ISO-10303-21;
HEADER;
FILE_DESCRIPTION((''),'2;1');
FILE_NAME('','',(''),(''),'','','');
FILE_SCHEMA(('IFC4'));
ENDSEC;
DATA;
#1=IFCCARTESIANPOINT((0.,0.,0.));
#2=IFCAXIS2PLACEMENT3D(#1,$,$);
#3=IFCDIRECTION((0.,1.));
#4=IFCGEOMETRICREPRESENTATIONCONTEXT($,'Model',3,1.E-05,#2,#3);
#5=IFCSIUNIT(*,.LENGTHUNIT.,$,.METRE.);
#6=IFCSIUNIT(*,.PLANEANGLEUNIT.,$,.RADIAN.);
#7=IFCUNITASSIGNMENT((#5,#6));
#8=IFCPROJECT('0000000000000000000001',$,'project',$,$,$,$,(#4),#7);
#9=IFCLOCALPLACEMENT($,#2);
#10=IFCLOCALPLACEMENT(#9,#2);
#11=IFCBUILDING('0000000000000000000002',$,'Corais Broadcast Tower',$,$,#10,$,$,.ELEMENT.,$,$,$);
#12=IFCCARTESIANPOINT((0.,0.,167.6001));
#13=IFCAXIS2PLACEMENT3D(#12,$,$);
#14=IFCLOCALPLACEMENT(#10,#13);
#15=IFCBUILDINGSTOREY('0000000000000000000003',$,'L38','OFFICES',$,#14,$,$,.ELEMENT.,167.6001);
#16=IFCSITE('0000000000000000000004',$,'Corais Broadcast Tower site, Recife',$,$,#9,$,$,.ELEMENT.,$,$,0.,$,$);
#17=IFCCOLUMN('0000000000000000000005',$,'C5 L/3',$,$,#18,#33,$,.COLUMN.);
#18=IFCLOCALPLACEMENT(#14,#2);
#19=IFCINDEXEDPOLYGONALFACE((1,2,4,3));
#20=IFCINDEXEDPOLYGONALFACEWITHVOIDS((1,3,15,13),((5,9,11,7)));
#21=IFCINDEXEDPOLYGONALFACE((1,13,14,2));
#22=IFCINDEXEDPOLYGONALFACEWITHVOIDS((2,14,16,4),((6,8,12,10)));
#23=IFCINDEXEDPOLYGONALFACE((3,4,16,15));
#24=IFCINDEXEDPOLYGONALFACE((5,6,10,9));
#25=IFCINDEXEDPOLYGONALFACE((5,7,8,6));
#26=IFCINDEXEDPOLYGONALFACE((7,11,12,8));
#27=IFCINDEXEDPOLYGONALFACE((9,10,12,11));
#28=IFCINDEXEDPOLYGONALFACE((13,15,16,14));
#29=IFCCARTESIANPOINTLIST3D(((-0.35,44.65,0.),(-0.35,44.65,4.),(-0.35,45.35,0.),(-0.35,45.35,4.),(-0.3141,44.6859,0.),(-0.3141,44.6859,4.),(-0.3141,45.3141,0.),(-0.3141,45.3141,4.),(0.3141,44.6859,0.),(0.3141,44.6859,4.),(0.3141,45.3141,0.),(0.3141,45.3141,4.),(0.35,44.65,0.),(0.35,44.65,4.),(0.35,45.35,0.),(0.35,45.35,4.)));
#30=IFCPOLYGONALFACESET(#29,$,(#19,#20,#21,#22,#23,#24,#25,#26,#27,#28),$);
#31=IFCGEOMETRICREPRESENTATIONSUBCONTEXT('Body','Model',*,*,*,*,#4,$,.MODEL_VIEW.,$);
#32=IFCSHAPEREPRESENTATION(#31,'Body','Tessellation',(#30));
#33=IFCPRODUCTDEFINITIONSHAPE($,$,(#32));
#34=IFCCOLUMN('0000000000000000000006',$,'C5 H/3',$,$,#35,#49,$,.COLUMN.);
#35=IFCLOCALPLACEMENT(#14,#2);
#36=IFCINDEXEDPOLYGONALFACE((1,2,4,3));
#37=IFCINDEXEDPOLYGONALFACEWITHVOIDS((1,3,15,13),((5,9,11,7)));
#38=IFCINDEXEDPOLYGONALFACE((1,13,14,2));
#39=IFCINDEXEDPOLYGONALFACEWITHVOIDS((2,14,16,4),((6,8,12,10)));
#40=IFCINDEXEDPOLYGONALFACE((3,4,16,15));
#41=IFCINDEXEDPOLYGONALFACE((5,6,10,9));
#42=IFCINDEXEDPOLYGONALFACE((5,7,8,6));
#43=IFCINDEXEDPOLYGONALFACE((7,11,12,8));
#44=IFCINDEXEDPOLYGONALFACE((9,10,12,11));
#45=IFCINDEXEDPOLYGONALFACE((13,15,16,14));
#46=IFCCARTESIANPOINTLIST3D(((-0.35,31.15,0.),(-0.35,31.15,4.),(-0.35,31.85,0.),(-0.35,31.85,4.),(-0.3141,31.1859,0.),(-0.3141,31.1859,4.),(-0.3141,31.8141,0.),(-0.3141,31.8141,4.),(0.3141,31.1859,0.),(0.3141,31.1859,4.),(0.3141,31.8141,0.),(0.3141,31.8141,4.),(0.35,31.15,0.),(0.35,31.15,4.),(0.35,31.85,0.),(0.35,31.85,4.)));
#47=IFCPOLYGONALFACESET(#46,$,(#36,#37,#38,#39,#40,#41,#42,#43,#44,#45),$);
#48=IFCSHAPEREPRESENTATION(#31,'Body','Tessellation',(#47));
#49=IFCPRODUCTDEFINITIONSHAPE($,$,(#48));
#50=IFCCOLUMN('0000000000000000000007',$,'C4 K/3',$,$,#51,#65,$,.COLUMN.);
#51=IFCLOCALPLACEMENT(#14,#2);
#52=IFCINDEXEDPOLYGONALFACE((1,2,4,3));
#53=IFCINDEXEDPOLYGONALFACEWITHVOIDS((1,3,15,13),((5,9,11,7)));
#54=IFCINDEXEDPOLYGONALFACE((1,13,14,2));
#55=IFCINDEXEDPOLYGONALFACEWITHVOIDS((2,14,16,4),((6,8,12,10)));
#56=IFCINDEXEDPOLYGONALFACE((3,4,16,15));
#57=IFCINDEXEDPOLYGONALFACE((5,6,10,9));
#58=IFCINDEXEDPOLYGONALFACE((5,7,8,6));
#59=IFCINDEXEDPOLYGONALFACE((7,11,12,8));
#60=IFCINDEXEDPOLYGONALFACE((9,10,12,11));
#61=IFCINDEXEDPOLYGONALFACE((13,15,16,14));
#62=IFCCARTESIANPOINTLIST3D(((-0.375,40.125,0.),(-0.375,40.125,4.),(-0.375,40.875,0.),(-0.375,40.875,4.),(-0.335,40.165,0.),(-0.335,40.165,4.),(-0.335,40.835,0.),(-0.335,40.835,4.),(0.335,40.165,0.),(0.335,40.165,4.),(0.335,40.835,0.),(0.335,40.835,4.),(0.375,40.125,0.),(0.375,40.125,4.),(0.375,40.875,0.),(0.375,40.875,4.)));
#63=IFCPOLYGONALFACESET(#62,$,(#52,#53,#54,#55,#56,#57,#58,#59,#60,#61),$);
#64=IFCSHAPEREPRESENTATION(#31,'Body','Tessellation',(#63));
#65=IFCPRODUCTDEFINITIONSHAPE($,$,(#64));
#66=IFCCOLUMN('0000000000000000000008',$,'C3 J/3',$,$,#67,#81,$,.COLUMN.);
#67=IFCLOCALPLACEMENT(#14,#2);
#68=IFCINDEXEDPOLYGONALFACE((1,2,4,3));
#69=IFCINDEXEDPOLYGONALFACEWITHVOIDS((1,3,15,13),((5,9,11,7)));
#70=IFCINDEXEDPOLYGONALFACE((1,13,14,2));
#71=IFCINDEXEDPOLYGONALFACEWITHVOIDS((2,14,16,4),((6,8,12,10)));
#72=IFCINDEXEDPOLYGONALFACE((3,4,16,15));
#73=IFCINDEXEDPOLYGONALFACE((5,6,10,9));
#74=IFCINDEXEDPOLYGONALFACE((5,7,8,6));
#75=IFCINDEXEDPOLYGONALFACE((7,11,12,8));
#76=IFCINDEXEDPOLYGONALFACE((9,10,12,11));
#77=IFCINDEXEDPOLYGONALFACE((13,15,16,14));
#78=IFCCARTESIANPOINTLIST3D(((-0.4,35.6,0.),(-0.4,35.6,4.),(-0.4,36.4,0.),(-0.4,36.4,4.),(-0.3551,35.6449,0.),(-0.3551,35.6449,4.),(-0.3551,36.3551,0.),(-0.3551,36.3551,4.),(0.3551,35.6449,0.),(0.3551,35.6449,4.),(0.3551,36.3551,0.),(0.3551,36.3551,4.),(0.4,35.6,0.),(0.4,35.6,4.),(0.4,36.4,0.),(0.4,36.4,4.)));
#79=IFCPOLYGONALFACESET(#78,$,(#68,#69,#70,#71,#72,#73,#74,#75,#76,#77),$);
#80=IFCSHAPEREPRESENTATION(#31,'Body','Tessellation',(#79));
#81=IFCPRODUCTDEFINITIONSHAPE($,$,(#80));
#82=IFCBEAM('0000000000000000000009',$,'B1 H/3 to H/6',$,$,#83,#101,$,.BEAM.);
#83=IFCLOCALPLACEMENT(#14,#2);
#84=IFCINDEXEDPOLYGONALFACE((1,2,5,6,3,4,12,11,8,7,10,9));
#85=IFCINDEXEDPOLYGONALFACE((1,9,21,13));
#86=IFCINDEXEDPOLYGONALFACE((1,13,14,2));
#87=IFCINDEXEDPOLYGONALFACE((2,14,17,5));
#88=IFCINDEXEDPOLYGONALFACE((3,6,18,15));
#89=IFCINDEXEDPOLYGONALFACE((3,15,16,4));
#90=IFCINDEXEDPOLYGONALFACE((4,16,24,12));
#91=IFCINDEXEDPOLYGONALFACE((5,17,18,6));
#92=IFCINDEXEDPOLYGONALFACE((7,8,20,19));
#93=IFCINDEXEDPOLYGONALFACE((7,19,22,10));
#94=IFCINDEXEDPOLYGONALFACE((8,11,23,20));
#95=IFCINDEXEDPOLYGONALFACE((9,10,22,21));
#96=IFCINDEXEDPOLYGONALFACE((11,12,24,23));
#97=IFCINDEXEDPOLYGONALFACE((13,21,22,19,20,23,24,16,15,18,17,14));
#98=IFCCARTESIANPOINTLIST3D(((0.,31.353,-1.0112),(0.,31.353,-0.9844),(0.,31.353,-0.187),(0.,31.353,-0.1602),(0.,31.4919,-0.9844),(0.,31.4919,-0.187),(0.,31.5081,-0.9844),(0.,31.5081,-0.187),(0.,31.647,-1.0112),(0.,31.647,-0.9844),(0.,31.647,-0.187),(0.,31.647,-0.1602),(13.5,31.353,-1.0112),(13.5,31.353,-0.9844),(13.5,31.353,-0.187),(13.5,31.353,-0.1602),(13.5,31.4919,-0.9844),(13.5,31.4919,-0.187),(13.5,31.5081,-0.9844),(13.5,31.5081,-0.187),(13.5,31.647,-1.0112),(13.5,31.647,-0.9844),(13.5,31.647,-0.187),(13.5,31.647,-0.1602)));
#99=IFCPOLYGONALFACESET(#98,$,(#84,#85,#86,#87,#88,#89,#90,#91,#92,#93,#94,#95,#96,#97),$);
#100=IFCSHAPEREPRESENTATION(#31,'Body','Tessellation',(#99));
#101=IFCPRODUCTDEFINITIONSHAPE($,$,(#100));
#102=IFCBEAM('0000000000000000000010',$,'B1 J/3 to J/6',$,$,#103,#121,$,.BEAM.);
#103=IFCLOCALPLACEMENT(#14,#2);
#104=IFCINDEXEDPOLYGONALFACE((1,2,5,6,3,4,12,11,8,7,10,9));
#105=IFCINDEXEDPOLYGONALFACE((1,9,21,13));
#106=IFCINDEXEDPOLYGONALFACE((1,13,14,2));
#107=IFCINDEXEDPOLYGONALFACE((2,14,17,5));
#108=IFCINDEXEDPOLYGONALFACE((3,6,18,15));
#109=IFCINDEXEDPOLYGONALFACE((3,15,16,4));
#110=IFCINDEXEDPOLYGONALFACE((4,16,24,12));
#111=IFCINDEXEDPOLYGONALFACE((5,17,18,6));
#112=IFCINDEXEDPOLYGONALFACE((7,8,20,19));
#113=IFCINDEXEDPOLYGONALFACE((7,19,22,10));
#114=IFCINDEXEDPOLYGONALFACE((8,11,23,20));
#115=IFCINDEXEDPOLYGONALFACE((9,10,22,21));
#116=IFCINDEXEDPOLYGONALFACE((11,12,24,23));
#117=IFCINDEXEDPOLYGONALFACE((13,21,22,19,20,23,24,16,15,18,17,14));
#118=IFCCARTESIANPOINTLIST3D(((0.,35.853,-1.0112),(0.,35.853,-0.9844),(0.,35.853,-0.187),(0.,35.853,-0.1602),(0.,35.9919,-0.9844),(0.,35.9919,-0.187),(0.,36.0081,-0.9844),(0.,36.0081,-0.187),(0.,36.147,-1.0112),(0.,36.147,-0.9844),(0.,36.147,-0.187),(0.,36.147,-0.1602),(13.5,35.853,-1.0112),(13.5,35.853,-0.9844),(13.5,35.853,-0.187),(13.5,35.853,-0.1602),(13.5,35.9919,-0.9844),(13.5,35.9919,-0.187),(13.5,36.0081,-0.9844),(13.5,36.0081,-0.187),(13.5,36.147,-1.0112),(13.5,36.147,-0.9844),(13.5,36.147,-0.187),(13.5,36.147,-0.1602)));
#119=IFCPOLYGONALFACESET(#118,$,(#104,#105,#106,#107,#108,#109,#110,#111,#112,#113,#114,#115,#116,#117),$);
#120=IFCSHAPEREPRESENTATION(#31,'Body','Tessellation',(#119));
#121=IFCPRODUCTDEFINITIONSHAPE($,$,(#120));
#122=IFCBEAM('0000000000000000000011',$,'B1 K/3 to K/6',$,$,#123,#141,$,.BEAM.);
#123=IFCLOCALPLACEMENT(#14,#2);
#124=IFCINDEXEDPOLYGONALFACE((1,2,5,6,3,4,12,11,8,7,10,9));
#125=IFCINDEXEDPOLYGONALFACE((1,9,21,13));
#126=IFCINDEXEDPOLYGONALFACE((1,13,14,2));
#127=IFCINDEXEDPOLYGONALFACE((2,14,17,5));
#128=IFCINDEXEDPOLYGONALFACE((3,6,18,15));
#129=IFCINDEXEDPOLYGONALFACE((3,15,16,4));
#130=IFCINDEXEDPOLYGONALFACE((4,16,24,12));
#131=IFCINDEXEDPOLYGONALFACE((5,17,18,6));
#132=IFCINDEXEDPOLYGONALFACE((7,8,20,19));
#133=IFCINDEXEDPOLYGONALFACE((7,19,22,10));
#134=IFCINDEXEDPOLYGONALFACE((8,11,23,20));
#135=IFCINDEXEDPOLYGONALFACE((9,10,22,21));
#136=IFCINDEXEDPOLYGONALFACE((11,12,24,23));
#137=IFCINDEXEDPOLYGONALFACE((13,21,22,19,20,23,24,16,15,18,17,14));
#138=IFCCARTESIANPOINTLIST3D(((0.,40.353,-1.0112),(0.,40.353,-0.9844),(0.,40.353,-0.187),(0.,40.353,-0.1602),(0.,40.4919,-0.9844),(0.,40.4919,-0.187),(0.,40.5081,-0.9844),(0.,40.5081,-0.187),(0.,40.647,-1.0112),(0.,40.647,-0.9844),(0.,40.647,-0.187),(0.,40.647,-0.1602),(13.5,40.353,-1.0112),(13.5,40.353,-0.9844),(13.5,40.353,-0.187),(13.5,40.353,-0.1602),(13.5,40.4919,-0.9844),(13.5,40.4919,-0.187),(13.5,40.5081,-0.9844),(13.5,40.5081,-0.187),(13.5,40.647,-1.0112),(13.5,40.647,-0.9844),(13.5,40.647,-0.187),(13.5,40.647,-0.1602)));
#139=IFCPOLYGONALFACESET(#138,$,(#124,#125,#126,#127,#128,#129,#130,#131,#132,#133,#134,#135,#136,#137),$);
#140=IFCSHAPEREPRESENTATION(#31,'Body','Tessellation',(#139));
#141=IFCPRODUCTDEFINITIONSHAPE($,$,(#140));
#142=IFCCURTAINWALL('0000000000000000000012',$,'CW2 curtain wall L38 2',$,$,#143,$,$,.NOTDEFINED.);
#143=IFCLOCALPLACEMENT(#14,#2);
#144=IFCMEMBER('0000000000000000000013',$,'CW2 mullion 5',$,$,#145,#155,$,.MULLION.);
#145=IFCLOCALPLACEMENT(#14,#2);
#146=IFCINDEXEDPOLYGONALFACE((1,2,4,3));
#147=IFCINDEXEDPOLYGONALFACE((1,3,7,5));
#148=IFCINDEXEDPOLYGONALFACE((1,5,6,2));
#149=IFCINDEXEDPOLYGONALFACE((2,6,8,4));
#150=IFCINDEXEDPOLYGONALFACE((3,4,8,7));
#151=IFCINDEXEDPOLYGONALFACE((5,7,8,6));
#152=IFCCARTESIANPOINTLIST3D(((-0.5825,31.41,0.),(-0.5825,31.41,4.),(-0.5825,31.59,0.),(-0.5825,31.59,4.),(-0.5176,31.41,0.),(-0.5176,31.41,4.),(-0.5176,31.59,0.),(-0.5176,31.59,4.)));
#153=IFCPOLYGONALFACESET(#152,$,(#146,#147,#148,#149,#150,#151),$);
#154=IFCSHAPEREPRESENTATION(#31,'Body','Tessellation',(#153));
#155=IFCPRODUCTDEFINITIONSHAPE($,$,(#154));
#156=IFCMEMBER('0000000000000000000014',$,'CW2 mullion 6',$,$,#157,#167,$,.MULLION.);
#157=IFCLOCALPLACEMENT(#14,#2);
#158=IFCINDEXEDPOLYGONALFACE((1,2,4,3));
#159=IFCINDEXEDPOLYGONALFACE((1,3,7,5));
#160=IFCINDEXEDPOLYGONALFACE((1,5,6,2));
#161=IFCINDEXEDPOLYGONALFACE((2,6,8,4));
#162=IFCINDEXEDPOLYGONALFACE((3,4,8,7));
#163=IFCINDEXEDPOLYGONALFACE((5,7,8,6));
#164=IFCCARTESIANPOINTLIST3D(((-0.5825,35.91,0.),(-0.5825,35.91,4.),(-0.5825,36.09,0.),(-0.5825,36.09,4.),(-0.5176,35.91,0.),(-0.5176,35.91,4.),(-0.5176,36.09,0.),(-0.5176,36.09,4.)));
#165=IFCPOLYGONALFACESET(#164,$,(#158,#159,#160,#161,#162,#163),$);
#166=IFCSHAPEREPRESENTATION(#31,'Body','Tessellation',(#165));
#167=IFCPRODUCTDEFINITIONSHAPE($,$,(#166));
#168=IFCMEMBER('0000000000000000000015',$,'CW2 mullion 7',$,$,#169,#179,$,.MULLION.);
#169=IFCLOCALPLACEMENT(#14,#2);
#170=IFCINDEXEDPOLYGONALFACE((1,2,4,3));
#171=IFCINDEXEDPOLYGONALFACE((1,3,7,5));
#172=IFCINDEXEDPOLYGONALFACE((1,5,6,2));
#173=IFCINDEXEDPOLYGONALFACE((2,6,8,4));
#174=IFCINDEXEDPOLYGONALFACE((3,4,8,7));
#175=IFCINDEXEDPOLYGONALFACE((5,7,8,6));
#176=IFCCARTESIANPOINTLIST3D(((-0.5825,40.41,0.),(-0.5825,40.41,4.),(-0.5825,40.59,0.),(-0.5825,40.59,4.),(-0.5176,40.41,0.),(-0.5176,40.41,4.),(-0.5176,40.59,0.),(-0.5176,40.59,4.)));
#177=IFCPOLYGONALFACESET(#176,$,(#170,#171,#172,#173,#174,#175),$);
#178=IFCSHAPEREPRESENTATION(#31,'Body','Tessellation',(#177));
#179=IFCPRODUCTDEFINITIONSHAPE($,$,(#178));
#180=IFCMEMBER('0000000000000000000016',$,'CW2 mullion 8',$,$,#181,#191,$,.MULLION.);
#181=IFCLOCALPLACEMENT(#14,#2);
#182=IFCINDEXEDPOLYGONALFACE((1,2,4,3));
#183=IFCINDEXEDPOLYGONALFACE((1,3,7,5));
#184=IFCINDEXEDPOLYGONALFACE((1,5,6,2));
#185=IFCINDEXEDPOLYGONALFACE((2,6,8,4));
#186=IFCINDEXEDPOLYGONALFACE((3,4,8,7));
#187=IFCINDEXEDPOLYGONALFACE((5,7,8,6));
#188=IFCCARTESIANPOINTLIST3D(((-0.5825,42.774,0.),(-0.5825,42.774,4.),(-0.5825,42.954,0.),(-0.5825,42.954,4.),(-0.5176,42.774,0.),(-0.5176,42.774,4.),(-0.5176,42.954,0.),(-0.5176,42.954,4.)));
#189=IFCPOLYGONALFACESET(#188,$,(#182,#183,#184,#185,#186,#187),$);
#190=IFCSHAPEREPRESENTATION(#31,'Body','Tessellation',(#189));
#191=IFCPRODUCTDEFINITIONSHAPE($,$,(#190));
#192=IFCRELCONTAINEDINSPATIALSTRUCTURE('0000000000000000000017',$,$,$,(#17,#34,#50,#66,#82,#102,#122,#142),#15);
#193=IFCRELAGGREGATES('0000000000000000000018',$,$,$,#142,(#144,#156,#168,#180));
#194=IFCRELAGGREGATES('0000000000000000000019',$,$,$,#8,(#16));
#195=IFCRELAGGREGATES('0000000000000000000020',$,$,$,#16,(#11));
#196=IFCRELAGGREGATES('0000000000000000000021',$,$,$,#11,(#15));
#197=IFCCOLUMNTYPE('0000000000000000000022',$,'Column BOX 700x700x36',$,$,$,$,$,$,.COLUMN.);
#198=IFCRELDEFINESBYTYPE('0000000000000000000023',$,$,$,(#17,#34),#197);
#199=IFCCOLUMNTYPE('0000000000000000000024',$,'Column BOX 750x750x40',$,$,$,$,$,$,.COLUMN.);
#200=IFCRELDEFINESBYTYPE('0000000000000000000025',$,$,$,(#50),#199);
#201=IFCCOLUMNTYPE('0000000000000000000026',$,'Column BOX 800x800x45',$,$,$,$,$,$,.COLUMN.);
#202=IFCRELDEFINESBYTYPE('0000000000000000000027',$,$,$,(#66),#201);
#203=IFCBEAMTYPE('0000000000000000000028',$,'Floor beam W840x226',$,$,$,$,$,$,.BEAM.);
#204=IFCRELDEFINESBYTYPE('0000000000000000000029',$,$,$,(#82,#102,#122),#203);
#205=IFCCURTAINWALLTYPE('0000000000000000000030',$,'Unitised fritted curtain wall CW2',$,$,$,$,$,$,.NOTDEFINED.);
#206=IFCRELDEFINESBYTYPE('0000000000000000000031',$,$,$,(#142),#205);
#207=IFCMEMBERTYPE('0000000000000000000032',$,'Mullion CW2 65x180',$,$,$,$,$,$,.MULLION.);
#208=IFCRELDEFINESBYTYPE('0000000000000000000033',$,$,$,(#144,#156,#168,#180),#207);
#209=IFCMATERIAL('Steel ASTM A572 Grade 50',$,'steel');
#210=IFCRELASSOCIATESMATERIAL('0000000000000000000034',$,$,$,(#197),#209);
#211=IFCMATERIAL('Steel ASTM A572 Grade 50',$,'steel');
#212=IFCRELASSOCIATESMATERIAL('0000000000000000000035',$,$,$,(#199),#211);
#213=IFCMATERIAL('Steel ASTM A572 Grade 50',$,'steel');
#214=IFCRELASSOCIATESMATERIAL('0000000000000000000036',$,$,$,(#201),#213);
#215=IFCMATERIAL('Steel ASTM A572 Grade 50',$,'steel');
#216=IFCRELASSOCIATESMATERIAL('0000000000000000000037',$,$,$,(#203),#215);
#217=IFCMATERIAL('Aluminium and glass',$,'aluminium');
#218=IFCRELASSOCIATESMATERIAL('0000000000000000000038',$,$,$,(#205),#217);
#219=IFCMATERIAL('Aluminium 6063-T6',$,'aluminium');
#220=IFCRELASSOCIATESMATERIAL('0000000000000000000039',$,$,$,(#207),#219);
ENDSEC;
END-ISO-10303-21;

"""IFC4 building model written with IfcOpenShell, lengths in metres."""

from ifc_helpers import new_model, si_unit, direction, frame, origin, origin_2d, place, context, subcontext, project, spatial, rectangle, hollow_rectangle, i_section, extrude, material, material_profile, profile_set, type_object, element, aggregate, save


model = new_model("IFC4")

# Units and contexts
model_context = context("Model", 3, precision=1e-05, world=origin(), true_north=direction((0.0, 1.0)))
body_context = subcontext(model_context, "Body", "Model", "MODEL_VIEW")
ifc_project = project(units=[si_unit("LENGTHUNIT", "METRE"), si_unit("PLANEANGLEUNIT", "RADIAN")], contexts=[model_context])

# Site, building, storey
site_placement = place(None, origin())
site = spatial("IfcSite", under=ifc_project, at=site_placement, Name="Corais Broadcast Tower site, Recife", CompositionType="ELEMENT", RefElevation=0.0)
building_placement = place(site_placement, origin())
building = spatial("IfcBuilding", under=site, at=building_placement, Name="Corais Broadcast Tower", CompositionType="ELEMENT")
storey_placement = place(building_placement, frame((0.0, 0.0, 167.6001)))
storey = spatial("IfcBuildingStorey", under=building, at=storey_placement, Name="L38", Description="OFFICES", CompositionType="ELEMENT", Elevation=167.6001)

# Columns
ifc_material_1 = material(Name="Steel ASTM A572 Grade 50", Category="steel")
ifc_material_profile_1 = material_profile(ifc_material_1, hollow_rectangle(XDim=0.7, YDim=0.7, WallThickness=0.0359, at=origin_2d()), Name="BOX 700x700x36")
ifc_profile_set_1 = profile_set([ifc_material_profile_1], Name="Steel ASTM A572 Grade 50")
column_type_1 = type_object("IfcColumnType", Name="Column BOX 700x700x36", PredefinedType="COLUMN", material=ifc_profile_set_1)
for number, where, z_axis, x_axis, name in (
    (1, (0.0, 45.0, 0.0), (0.0, 0.0, 1.0), (1.0, 0.0, 0.0), "C5 L/3"),
    (2, (0.0, 31.5, 0.0), (0.0, 0.0, 1.0), (1.0, 0.0, 0.0), "C5 H/3"),
):
    element("IfcColumn", number, at=place(storey_placement, frame(where, z_axis=z_axis, x_axis=x_axis)), inside=storey, type_object=column_type_1, Name=name, PredefinedType="COLUMN", context=body_context, shape_type="SweptSolid", body=[
        extrude(hollow_rectangle(XDim=0.7, YDim=0.7, WallThickness=0.0359, at=origin_2d()), origin(), (0.0, 0.0, 1.0), 4.0),
    ])
ifc_material_2 = material(Name="Steel ASTM A572 Grade 50", Category="steel")
ifc_material_profile_2 = material_profile(ifc_material_2, hollow_rectangle(XDim=0.75, YDim=0.75, WallThickness=0.04, at=origin_2d()), Name="BOX 750x750x40")
ifc_profile_set_2 = profile_set([ifc_material_profile_2], Name="Steel ASTM A572 Grade 50")
column_type_2 = type_object("IfcColumnType", Name="Column BOX 750x750x40", PredefinedType="COLUMN", material=ifc_profile_set_2)
column_1_placement = place(storey_placement, frame((0.0, 40.5, 0.0), z_axis=(0.0, 0.0, 1.0), x_axis=(1.0, 0.0, 0.0)))
element("IfcColumn", 3, at=column_1_placement, inside=storey, type_object=column_type_2, Name="C4 K/3", PredefinedType="COLUMN", context=body_context, shape_type="SweptSolid", body=[
    extrude(hollow_rectangle(XDim=0.75, YDim=0.75, WallThickness=0.04, at=origin_2d()), origin(), (0.0, 0.0, 1.0), 4.0),
])
ifc_material_3 = material(Name="Steel ASTM A572 Grade 50", Category="steel")
ifc_material_profile_3 = material_profile(ifc_material_3, hollow_rectangle(XDim=0.8, YDim=0.8, WallThickness=0.0449, at=origin_2d()), Name="BOX 800x800x45")
ifc_profile_set_3 = profile_set([ifc_material_profile_3], Name="Steel ASTM A572 Grade 50")
column_type_3 = type_object("IfcColumnType", Name="Column BOX 800x800x45", PredefinedType="COLUMN", material=ifc_profile_set_3)
column_2_placement = place(storey_placement, frame((0.0, 36.0, 0.0), z_axis=(0.0, 0.0, 1.0), x_axis=(1.0, 0.0, 0.0)))
element("IfcColumn", 4, at=column_2_placement, inside=storey, type_object=column_type_3, Name="C3 J/3", PredefinedType="COLUMN", context=body_context, shape_type="SweptSolid", body=[
    extrude(hollow_rectangle(XDim=0.8, YDim=0.8, WallThickness=0.0449, at=origin_2d()), origin(), (0.0, 0.0, 1.0), 4.0),
])

# Beams
ifc_material_4 = material(Name="Steel ASTM A572 Grade 50", Category="steel")
ifc_material_profile_4 = material_profile(ifc_material_4, i_section(OverallWidth=0.2939, OverallDepth=0.8511, WebThickness=0.0161, FlangeThickness=0.0269, at=origin_2d()), Name="W840x226")
ifc_profile_set_4 = profile_set([ifc_material_profile_4], Name="Steel ASTM A572 Grade 50")
beam_type_1 = type_object("IfcBeamType", Name="Floor beam W840x226", PredefinedType="BEAM", material=ifc_profile_set_4)
for number, where, z_axis, x_axis, name in (
    (5, (0.0, 31.5, -0.5857), (1.0, 0.0, 0.0), (0.0, 1.0, 0.0), "B1 H/3 to H/6"),
    (6, (0.0, 36.0, -0.5857), (1.0, 0.0, 0.0), (0.0, 1.0, 0.0), "B1 J/3 to J/6"),
    (7, (0.0, 40.5, -0.5857), (1.0, 0.0, 0.0), (0.0, 1.0, 0.0), "B1 K/3 to K/6"),
):
    element("IfcBeam", number, at=place(storey_placement, frame(where, z_axis=z_axis, x_axis=x_axis)), inside=storey, type_object=beam_type_1, Name=name, PredefinedType="BEAM", context=body_context, shape_type="SweptSolid", body=[
        extrude(i_section(OverallWidth=0.2939, OverallDepth=0.8511, WebThickness=0.0161, FlangeThickness=0.0269, at=origin_2d()), origin(), (0.0, 0.0, 1.0), 13.5),
    ])

# Curtain wall, members
ifc_material_5 = material(Name="Aluminium and glass", Category="aluminium")
curtain_wall_type = type_object("IfcCurtainWallType", Name="Unitised fritted curtain wall CW2", PredefinedType="NOTDEFINED", material=ifc_material_5)
curtain_wall_placement = place(storey_placement, origin())
curtain_wall = element("IfcCurtainWall", 8, at=curtain_wall_placement, inside=storey, type_object=curtain_wall_type, Name="CW2 curtain wall L38 2", PredefinedType="NOTDEFINED")
ifc_material_6 = material(Name="Aluminium 6063-T6", Category="aluminium")
ifc_material_profile_5 = material_profile(ifc_material_6, rectangle(XDim=0.0649, YDim=0.1799, at=origin_2d()), Name="Mullion CW2 65x180")
ifc_profile_set_5 = profile_set([ifc_material_profile_5], Name="Aluminium 6063-T6")
member_type_1 = type_object("IfcMemberType", Name="Mullion CW2 65x180", PredefinedType="MULLION", material=ifc_profile_set_5)
member_1_placement = place(storey_placement, frame((-0.55, 31.5, 0.0), z_axis=(0.0, 0.0, 1.0), x_axis=(-1.0, 0.0, 0.0)))
member_1 = element("IfcMember", 9, at=member_1_placement, type_object=member_type_1, Name="CW2 mullion 5", PredefinedType="MULLION", context=body_context, shape_type="SweptSolid", body=[
    extrude(rectangle(XDim=0.0649, YDim=0.1799, at=origin_2d()), origin(), (0.0, 0.0, 1.0), 4.0),
])
member_2_placement = place(storey_placement, frame((-0.55, 36.0, 0.0), z_axis=(0.0, 0.0, 1.0), x_axis=(-1.0, 0.0, 0.0)))
member_2 = element("IfcMember", 10, at=member_2_placement, type_object=member_type_1, Name="CW2 mullion 6", PredefinedType="MULLION", context=body_context, shape_type="SweptSolid", body=[
    extrude(rectangle(XDim=0.0649, YDim=0.1799, at=origin_2d()), origin(), (0.0, 0.0, 1.0), 4.0),
])
member_3_placement = place(storey_placement, frame((-0.55, 40.5, 0.0), z_axis=(0.0, 0.0, 1.0), x_axis=(-1.0, 0.0, 0.0)))
member_3 = element("IfcMember", 11, at=member_3_placement, type_object=member_type_1, Name="CW2 mullion 7", PredefinedType="MULLION", context=body_context, shape_type="SweptSolid", body=[
    extrude(rectangle(XDim=0.0649, YDim=0.1799, at=origin_2d()), origin(), (0.0, 0.0, 1.0), 4.0),
])
member_4_placement = place(storey_placement, frame((-0.55, 42.864, 0.0), z_axis=(0.0, 0.0, 1.0), x_axis=(-1.0, 0.0, 0.0)))
member_4 = element("IfcMember", 12, at=member_4_placement, type_object=member_type_1, Name="CW2 mullion 8", PredefinedType="MULLION", context=body_context, shape_type="SweptSolid", body=[
    extrude(rectangle(XDim=0.0649, YDim=0.1799, at=origin_2d()), origin(), (0.0, 0.0, 1.0), 4.0),
])

aggregate(curtain_wall, [member_1, member_2, member_3, member_4])

save(model, "model.ifc")
